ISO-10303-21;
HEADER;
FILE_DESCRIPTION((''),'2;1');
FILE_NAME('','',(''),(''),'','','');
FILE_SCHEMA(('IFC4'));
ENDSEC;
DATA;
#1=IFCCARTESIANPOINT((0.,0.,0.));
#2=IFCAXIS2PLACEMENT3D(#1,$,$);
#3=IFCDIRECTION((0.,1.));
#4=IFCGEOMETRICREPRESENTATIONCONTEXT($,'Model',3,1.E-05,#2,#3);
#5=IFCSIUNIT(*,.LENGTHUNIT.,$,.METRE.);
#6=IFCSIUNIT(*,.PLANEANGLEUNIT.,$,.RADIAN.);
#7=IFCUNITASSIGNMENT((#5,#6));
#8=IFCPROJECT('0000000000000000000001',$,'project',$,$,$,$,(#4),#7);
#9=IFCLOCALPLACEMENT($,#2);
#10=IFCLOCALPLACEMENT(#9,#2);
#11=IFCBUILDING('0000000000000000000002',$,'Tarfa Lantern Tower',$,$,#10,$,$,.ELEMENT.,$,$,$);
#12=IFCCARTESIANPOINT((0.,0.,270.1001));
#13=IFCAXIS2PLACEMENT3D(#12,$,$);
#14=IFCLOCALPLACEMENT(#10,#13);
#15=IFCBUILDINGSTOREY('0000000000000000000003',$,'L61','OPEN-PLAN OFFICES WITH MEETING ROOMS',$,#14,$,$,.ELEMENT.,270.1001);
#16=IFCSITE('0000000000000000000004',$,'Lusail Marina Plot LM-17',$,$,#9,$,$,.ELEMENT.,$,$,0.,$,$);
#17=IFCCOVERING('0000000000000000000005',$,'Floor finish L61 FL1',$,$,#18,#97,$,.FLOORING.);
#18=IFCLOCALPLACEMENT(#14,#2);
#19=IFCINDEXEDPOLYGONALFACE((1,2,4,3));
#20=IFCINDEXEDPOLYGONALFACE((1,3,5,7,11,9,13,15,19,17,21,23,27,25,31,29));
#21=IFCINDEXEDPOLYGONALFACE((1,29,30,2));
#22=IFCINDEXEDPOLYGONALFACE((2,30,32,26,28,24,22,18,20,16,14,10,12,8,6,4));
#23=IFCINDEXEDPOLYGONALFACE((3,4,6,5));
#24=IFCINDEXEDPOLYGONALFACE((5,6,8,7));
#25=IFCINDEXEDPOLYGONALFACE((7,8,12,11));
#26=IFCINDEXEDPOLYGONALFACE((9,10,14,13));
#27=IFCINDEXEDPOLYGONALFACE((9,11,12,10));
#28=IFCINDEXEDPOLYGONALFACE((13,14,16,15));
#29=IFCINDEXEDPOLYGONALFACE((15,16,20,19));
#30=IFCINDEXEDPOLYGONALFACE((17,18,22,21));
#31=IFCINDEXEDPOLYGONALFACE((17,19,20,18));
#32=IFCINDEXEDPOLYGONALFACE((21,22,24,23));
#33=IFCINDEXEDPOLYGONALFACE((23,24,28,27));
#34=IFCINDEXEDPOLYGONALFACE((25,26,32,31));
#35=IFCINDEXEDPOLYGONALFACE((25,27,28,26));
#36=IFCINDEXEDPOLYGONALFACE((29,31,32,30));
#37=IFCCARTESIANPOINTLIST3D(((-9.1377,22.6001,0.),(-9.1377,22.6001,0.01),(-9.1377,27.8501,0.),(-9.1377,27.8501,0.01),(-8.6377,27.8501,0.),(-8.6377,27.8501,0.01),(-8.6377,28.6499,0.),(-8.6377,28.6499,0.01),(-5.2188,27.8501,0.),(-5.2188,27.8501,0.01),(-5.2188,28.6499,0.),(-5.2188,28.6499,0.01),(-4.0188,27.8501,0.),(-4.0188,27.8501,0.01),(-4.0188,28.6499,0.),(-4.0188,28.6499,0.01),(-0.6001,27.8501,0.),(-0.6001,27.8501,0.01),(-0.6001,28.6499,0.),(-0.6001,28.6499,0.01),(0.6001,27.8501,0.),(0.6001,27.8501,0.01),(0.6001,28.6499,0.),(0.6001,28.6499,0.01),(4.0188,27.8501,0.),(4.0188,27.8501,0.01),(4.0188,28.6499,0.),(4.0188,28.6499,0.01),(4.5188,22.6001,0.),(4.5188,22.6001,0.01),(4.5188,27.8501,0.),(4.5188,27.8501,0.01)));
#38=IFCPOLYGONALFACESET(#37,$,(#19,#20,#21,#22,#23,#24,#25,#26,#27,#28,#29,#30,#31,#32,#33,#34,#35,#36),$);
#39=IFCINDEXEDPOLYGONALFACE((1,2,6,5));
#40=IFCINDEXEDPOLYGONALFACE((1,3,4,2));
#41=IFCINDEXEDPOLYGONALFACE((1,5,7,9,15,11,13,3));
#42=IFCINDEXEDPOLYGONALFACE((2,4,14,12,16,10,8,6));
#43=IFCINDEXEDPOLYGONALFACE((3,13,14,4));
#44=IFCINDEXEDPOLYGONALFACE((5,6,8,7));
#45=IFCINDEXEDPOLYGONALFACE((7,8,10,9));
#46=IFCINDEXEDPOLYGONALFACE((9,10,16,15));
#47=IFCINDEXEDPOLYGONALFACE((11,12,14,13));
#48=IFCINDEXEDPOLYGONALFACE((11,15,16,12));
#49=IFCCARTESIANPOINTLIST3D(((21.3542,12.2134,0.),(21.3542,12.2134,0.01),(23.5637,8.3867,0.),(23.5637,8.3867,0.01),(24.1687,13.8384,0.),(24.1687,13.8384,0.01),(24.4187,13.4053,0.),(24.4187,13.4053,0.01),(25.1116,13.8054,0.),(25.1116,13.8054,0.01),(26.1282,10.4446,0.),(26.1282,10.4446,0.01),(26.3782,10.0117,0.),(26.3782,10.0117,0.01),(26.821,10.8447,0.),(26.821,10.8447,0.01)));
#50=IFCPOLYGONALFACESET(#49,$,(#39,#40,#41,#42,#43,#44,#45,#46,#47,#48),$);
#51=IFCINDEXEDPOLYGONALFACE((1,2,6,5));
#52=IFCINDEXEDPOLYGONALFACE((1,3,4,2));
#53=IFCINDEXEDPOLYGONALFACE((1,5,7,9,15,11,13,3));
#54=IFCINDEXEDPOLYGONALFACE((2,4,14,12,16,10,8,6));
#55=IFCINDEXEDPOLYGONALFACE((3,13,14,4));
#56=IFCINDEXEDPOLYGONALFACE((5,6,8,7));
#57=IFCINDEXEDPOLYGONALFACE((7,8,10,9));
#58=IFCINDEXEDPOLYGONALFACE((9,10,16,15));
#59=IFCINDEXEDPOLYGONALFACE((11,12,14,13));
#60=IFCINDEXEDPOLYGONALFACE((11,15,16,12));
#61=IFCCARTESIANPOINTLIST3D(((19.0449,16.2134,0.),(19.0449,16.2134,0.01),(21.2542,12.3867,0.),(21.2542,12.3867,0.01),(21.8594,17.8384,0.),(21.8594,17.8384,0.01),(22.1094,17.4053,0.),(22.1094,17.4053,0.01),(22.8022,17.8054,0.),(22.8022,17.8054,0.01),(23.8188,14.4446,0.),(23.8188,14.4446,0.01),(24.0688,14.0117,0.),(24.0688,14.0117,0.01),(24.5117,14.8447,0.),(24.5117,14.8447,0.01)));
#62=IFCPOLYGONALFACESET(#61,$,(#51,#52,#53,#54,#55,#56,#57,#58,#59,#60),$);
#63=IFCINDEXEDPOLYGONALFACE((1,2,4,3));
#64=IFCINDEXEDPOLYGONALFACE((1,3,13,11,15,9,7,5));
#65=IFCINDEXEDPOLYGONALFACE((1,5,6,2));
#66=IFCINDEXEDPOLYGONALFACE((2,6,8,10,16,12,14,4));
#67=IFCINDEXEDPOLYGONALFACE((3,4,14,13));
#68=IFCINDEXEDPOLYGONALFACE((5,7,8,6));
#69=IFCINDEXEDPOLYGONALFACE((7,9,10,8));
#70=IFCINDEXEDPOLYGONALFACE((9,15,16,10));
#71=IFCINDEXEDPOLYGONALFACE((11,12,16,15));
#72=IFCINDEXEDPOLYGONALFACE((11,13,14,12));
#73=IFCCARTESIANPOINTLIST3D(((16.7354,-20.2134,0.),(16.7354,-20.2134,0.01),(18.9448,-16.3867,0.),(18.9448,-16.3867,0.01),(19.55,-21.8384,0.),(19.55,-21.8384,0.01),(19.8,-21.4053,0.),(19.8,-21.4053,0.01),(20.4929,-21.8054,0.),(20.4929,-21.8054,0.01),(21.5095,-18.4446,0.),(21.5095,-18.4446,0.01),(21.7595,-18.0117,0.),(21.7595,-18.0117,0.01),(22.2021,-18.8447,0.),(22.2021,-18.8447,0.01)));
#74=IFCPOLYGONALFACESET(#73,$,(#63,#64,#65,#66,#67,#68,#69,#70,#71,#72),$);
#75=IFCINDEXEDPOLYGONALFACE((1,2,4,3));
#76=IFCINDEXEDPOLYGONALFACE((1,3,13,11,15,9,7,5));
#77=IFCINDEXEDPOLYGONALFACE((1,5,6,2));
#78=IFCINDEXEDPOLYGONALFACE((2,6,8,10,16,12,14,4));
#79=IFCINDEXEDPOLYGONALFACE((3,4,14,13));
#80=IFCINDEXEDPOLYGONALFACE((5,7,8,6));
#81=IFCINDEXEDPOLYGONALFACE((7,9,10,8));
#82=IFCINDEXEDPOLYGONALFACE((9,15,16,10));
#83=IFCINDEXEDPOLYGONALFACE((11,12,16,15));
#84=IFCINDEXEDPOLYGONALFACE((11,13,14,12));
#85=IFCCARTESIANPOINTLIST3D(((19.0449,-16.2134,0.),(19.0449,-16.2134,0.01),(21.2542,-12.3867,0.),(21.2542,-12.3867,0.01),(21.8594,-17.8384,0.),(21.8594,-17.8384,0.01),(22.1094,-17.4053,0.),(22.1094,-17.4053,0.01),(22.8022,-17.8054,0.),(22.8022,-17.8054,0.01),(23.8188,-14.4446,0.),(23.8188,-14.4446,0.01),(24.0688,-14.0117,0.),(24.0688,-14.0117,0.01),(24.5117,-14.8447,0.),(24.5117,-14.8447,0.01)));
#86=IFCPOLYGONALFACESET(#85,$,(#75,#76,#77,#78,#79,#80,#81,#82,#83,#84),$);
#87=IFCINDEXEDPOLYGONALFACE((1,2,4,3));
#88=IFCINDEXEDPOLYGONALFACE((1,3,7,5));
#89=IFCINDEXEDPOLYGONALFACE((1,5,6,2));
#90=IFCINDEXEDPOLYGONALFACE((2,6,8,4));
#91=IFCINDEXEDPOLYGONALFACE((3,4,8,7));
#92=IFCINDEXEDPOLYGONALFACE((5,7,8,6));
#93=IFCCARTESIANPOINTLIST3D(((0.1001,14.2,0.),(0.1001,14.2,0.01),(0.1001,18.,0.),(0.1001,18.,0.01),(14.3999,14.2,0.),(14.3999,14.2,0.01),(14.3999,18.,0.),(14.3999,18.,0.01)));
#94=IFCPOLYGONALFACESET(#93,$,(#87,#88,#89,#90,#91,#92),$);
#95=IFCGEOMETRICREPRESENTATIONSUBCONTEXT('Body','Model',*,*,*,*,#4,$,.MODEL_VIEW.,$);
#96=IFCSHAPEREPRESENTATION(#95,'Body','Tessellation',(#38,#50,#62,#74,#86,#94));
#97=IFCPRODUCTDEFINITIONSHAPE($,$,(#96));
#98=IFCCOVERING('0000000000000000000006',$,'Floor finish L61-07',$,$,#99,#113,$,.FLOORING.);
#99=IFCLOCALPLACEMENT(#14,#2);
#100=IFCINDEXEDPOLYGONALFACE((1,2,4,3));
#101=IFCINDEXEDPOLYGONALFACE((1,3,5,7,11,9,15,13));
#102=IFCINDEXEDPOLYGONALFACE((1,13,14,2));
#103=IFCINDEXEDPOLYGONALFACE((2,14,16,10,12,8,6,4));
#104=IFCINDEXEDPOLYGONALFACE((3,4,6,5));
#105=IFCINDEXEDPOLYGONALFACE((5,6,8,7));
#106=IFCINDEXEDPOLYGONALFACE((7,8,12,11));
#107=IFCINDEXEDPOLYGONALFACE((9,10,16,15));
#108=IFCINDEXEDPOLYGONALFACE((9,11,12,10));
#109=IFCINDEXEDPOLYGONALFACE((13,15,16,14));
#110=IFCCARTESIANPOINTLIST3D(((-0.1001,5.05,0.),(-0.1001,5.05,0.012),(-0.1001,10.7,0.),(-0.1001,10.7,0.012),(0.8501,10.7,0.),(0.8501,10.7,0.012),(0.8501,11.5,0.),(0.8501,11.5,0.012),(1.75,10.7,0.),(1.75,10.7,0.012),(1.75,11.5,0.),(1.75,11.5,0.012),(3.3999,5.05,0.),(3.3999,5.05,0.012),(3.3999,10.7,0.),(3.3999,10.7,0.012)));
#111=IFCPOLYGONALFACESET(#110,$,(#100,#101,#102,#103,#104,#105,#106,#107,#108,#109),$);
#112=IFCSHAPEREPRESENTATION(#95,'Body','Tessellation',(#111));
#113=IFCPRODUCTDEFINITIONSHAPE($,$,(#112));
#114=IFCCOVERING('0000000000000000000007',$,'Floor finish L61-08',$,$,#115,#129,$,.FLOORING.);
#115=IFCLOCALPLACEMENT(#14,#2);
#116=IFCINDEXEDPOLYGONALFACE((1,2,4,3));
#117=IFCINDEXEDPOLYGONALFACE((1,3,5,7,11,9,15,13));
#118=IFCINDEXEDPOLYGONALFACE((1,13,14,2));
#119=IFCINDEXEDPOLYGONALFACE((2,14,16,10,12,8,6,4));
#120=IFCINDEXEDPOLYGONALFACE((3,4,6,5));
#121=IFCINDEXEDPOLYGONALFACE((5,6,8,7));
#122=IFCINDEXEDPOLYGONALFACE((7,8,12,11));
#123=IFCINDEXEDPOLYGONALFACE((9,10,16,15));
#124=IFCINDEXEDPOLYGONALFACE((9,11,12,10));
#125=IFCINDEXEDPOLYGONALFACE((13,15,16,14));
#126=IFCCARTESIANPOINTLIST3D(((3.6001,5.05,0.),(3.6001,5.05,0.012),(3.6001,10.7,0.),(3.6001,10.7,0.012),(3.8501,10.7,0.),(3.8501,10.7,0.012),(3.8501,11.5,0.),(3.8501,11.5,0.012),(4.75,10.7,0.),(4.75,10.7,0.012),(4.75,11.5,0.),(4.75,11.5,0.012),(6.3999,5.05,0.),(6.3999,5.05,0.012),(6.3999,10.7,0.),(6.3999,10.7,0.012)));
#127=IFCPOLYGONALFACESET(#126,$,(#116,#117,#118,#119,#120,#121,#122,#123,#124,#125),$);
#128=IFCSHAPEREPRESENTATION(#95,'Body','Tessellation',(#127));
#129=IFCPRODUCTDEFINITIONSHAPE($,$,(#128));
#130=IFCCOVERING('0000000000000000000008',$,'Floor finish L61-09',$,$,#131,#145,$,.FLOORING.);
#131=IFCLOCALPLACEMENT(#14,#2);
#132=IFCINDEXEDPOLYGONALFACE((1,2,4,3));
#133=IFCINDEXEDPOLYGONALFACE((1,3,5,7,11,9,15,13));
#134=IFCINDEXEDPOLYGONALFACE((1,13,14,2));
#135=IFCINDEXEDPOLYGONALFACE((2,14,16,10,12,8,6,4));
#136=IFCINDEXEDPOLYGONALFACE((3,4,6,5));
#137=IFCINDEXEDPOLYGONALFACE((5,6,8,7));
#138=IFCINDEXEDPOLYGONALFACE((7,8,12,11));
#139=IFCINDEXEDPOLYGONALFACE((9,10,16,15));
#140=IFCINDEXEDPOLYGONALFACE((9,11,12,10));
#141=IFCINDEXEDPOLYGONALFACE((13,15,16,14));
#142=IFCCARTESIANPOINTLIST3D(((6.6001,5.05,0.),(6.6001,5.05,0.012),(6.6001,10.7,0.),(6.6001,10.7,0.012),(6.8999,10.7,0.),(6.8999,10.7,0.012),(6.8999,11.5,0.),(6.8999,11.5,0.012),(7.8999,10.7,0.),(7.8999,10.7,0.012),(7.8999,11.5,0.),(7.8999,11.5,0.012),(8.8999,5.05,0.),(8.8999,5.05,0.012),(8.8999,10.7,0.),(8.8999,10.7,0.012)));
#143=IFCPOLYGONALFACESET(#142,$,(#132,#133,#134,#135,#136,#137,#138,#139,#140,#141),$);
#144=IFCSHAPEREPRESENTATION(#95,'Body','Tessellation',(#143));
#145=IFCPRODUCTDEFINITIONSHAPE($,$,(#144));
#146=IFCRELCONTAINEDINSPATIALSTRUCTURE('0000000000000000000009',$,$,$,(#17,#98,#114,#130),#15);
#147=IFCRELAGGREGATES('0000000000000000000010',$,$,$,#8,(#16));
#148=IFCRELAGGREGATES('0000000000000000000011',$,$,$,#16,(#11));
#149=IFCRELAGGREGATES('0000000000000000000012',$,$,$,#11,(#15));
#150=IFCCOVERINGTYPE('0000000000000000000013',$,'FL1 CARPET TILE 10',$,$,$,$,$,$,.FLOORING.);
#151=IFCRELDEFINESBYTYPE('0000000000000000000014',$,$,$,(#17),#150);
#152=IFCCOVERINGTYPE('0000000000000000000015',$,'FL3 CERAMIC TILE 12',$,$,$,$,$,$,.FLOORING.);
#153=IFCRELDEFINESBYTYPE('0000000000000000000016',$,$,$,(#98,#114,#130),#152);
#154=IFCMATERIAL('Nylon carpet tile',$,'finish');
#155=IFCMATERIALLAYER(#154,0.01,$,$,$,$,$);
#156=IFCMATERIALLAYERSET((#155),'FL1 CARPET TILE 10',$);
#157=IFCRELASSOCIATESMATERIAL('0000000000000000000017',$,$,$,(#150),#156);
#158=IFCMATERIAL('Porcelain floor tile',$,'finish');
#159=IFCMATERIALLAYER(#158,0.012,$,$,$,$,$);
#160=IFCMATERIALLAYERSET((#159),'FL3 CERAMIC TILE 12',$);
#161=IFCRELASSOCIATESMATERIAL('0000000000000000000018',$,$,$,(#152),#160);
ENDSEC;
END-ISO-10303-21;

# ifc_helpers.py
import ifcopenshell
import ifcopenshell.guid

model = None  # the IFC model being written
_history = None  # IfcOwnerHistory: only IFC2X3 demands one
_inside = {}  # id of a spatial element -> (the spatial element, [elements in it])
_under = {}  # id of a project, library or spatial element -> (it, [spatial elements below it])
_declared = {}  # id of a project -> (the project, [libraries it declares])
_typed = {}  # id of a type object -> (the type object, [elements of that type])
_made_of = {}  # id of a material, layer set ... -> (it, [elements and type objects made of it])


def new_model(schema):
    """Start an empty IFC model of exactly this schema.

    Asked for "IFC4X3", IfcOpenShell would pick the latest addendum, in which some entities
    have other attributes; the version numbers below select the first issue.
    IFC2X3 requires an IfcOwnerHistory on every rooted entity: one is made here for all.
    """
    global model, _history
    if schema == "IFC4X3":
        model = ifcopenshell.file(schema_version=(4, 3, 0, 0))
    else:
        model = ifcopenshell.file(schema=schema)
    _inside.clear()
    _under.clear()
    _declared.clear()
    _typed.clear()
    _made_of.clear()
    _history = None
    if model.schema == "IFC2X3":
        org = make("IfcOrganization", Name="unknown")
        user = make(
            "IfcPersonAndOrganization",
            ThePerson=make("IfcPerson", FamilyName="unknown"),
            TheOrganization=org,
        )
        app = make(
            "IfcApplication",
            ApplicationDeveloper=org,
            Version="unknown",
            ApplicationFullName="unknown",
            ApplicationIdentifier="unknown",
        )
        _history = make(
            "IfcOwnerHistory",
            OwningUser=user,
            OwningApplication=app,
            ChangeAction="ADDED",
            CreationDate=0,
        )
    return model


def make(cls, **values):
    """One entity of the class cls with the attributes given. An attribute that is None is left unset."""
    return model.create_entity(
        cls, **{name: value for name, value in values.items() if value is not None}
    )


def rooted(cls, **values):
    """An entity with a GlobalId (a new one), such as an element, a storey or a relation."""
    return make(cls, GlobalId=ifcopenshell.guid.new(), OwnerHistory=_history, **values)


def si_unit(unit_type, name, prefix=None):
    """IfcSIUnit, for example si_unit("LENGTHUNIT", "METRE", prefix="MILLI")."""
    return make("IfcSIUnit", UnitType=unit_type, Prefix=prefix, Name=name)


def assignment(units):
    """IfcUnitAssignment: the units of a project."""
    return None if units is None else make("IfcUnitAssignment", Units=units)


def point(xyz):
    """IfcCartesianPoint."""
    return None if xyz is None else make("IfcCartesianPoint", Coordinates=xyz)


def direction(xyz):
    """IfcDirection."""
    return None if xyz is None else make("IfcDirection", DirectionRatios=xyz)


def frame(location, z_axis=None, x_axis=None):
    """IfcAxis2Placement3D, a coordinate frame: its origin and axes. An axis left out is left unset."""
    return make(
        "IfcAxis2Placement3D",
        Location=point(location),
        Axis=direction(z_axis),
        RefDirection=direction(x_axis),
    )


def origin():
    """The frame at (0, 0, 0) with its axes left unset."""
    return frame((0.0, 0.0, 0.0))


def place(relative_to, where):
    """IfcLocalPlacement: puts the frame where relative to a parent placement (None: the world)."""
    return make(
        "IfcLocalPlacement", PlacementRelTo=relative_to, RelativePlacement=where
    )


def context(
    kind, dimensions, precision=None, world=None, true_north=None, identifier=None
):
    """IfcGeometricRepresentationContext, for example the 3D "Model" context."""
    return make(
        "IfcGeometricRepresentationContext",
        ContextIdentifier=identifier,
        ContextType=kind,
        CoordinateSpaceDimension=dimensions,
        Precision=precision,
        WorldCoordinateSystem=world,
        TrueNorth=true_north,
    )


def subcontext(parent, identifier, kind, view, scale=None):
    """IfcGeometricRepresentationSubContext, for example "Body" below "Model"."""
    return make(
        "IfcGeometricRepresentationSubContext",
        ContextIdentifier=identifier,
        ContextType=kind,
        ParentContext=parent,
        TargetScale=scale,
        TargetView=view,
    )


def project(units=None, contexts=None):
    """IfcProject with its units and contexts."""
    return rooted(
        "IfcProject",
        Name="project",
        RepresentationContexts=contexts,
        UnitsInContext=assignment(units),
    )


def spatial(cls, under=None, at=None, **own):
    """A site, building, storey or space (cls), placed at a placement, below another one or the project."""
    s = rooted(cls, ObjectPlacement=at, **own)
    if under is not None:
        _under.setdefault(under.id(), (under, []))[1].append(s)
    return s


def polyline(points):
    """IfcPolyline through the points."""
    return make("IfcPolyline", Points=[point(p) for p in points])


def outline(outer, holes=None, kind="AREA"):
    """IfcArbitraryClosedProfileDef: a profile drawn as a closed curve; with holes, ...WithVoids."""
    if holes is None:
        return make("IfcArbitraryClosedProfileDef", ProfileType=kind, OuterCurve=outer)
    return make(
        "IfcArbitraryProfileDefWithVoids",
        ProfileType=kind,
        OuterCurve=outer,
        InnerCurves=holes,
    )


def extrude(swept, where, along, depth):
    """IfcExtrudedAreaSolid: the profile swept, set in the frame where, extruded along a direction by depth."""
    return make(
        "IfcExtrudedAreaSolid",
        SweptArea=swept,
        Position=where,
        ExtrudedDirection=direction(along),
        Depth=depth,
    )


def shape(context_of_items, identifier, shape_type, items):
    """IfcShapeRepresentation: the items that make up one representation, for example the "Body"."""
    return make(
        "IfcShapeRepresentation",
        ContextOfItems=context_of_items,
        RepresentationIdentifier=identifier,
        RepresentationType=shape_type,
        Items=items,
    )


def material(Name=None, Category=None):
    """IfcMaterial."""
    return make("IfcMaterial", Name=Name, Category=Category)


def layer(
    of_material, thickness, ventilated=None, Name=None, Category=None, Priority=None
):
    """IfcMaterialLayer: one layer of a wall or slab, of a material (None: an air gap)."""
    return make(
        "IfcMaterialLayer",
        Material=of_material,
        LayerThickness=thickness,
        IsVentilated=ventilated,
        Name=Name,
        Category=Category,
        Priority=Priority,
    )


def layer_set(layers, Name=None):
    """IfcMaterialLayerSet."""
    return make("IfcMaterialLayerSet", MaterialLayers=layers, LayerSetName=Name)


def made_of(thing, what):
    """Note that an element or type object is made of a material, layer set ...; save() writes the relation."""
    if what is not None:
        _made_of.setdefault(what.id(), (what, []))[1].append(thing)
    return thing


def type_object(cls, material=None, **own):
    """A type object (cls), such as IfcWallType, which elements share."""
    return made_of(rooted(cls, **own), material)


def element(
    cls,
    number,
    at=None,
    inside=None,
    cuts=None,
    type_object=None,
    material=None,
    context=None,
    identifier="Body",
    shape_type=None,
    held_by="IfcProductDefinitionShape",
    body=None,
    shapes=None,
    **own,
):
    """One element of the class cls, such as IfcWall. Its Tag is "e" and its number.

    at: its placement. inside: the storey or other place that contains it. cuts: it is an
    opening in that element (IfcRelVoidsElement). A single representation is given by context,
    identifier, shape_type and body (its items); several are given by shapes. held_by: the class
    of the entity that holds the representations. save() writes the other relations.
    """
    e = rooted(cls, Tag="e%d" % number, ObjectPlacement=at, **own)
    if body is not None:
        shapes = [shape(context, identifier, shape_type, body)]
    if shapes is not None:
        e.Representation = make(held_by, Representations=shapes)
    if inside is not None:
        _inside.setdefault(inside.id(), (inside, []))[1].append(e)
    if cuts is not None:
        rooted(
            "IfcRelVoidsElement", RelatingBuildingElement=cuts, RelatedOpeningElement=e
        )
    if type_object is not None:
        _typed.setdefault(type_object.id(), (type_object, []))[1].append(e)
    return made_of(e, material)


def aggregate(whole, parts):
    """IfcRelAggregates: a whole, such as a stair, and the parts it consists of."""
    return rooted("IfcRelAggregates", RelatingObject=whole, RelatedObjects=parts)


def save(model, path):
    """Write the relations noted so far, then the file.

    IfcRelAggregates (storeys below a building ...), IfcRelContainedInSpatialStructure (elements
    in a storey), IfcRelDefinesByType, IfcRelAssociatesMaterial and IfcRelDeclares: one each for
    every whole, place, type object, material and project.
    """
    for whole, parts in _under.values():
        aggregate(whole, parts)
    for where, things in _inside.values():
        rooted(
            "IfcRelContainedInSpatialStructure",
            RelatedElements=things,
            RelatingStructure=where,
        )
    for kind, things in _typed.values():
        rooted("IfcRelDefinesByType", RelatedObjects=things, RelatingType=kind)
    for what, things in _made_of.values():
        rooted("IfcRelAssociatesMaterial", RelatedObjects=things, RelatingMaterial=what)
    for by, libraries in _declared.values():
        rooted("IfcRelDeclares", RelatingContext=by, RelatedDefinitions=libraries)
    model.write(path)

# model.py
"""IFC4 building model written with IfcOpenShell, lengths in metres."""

from ifc_helpers import new_model, si_unit, direction, frame, origin, place, context, subcontext, project, spatial, polyline, outline, extrude, material, layer, layer_set, type_object, element, save


model = new_model("IFC4")

# Units and contexts
model_context = context("Model", 3, precision=1e-05, world=origin(), true_north=direction((0.0, 1.0)))
body_context = subcontext(model_context, "Body", "Model", "MODEL_VIEW")
ifc_project = project(units=[si_unit("LENGTHUNIT", "METRE"), si_unit("PLANEANGLEUNIT", "RADIAN")], contexts=[model_context])

# Site, building, storey
site_placement = place(None, origin())
site = spatial("IfcSite", under=ifc_project, at=site_placement, Name="Lusail Marina Plot LM-17", CompositionType="ELEMENT", RefElevation=0.0)
building_placement = place(site_placement, origin())
building = spatial("IfcBuilding", under=site, at=building_placement, Name="Tarfa Lantern Tower", CompositionType="ELEMENT")
storey_placement = place(building_placement, frame((0.0, 0.0, 270.1001)))
storey = spatial("IfcBuildingStorey", under=building, at=storey_placement, Name="L61", Description="OPEN-PLAN OFFICES WITH MEETING ROOMS", CompositionType="ELEMENT", Elevation=270.1001)

# Coverings
ifc_material_1 = material(Name="Nylon carpet tile", Category="finish")
ifc_layer_1 = layer(ifc_material_1, 0.01)
ifc_layer_set_1 = layer_set([ifc_layer_1], Name="FL1 CARPET TILE 10")
covering_type_1 = type_object("IfcCoveringType", Name="FL1 CARPET TILE 10", PredefinedType="FLOORING", material=ifc_layer_set_1)
covering_1_placement = place(storey_placement, origin())
element("IfcCovering", 1, at=covering_1_placement, inside=storey, type_object=covering_type_1, Name="Floor finish L61 FL1", PredefinedType="FLOORING", context=body_context, shape_type="SweptSolid", body=[
    extrude(outline(polyline([(4.5188, 22.6001), (-9.1377, 22.6001), (-9.1377, 27.8501), (-8.6377, 27.8501), (-8.6377, 28.6499), (-5.2188, 28.6499), (-5.2188, 27.8501), (-4.0188, 27.8501), (-4.0188, 28.6499), (-0.6001, 28.6499), (-0.6001, 27.8501), (0.6001, 27.8501), (0.6001, 28.6499), (4.0188, 28.6499), (4.0188, 27.8501), (4.5188, 27.8501), (4.5188, 22.6001)])), origin(), (0.0, 0.0, 1.0), 0.01),
    extrude(outline(polyline([(21.3542, 12.2134), (24.1687, 13.8384), (24.4187, 13.4053), (25.1116, 13.8054), (26.821, 10.8447), (26.1282, 10.4446), (26.3782, 10.0117), (23.5637, 8.3867), (21.3542, 12.2134)])), origin(), (0.0, 0.0, 1.0), 0.01),
    extrude(outline(polyline([(19.0449, 16.2134), (21.8594, 17.8384), (22.1094, 17.4053), (22.8022, 17.8054), (24.5117, 14.8447), (23.8188, 14.4446), (24.0688, 14.0117), (21.2542, 12.3867), (19.0449, 16.2134)])), origin(), (0.0, 0.0, 1.0), 0.01),
    extrude(outline(polyline([(18.9448, -16.3867), (21.7595, -18.0117), (21.5095, -18.4446), (22.2021, -18.8447), (20.4929, -21.8054), (19.8, -21.4053), (19.55, -21.8384), (16.7354, -20.2134), (18.9448, -16.3867)])), origin(), (0.0, 0.0, 1.0), 0.01),
    extrude(outline(polyline([(21.2542, -12.3867), (24.0688, -14.0117), (23.8188, -14.4446), (24.5117, -14.8447), (22.8022, -17.8054), (22.1094, -17.4053), (21.8594, -17.8384), (19.0449, -16.2134), (21.2542, -12.3867)])), origin(), (0.0, 0.0, 1.0), 0.01),
    extrude(outline(polyline([(0.1001, 18.0), (14.3999, 18.0), (14.3999, 14.2), (0.1001, 14.2), (0.1001, 18.0)])), origin(), (0.0, 0.0, 1.0), 0.01),
])
ifc_material_2 = material(Name="Porcelain floor tile", Category="finish")
ifc_layer_2 = layer(ifc_material_2, 0.012)
ifc_layer_set_2 = layer_set([ifc_layer_2], Name="FL3 CERAMIC TILE 12")
covering_type_2 = type_object("IfcCoveringType", Name="FL3 CERAMIC TILE 12", PredefinedType="FLOORING", material=ifc_layer_set_2)
covering_2_placement = place(storey_placement, origin())
element("IfcCovering", 2, at=covering_2_placement, inside=storey, type_object=covering_type_2, Name="Floor finish L61-07", PredefinedType="FLOORING", context=body_context, shape_type="SweptSolid", body=[
    extrude(outline(polyline([(0.8501, 10.7), (-0.1001, 10.7), (-0.1001, 5.05), (3.3999, 5.05), (3.3999, 10.7), (1.75, 10.7), (1.75, 11.5), (0.8501, 11.5), (0.8501, 11.5), (0.8501, 10.7)])), origin(), (0.0, 0.0, 1.0), 0.012),
])
covering_3_placement = place(storey_placement, origin())
element("IfcCovering", 3, at=covering_3_placement, inside=storey, type_object=covering_type_2, Name="Floor finish L61-08", PredefinedType="FLOORING", context=body_context, shape_type="SweptSolid", body=[
    extrude(outline(polyline([(3.6001, 5.05), (6.3999, 5.05), (6.3999, 10.7), (4.75, 10.7), (4.75, 11.5), (3.8501, 11.5), (3.8501, 10.7), (3.6001, 10.7), (3.6001, 5.05)])), origin(), (0.0, 0.0, 1.0), 0.012),
])
covering_4_placement = place(storey_placement, origin())
element("IfcCovering", 4, at=covering_4_placement, inside=storey, type_object=covering_type_2, Name="Floor finish L61-09", PredefinedType="FLOORING", context=body_context, shape_type="SweptSolid", body=[
    extrude(outline(polyline([(6.6001, 5.05), (8.8999, 5.05), (8.8999, 10.7), (7.8999, 10.7), (7.8999, 11.5), (6.8999, 11.5), (6.8999, 10.7), (6.6001, 10.7), (6.6001, 5.05)])), origin(), (0.0, 0.0, 1.0), 0.012),
])

save(model, "model.ifc")
